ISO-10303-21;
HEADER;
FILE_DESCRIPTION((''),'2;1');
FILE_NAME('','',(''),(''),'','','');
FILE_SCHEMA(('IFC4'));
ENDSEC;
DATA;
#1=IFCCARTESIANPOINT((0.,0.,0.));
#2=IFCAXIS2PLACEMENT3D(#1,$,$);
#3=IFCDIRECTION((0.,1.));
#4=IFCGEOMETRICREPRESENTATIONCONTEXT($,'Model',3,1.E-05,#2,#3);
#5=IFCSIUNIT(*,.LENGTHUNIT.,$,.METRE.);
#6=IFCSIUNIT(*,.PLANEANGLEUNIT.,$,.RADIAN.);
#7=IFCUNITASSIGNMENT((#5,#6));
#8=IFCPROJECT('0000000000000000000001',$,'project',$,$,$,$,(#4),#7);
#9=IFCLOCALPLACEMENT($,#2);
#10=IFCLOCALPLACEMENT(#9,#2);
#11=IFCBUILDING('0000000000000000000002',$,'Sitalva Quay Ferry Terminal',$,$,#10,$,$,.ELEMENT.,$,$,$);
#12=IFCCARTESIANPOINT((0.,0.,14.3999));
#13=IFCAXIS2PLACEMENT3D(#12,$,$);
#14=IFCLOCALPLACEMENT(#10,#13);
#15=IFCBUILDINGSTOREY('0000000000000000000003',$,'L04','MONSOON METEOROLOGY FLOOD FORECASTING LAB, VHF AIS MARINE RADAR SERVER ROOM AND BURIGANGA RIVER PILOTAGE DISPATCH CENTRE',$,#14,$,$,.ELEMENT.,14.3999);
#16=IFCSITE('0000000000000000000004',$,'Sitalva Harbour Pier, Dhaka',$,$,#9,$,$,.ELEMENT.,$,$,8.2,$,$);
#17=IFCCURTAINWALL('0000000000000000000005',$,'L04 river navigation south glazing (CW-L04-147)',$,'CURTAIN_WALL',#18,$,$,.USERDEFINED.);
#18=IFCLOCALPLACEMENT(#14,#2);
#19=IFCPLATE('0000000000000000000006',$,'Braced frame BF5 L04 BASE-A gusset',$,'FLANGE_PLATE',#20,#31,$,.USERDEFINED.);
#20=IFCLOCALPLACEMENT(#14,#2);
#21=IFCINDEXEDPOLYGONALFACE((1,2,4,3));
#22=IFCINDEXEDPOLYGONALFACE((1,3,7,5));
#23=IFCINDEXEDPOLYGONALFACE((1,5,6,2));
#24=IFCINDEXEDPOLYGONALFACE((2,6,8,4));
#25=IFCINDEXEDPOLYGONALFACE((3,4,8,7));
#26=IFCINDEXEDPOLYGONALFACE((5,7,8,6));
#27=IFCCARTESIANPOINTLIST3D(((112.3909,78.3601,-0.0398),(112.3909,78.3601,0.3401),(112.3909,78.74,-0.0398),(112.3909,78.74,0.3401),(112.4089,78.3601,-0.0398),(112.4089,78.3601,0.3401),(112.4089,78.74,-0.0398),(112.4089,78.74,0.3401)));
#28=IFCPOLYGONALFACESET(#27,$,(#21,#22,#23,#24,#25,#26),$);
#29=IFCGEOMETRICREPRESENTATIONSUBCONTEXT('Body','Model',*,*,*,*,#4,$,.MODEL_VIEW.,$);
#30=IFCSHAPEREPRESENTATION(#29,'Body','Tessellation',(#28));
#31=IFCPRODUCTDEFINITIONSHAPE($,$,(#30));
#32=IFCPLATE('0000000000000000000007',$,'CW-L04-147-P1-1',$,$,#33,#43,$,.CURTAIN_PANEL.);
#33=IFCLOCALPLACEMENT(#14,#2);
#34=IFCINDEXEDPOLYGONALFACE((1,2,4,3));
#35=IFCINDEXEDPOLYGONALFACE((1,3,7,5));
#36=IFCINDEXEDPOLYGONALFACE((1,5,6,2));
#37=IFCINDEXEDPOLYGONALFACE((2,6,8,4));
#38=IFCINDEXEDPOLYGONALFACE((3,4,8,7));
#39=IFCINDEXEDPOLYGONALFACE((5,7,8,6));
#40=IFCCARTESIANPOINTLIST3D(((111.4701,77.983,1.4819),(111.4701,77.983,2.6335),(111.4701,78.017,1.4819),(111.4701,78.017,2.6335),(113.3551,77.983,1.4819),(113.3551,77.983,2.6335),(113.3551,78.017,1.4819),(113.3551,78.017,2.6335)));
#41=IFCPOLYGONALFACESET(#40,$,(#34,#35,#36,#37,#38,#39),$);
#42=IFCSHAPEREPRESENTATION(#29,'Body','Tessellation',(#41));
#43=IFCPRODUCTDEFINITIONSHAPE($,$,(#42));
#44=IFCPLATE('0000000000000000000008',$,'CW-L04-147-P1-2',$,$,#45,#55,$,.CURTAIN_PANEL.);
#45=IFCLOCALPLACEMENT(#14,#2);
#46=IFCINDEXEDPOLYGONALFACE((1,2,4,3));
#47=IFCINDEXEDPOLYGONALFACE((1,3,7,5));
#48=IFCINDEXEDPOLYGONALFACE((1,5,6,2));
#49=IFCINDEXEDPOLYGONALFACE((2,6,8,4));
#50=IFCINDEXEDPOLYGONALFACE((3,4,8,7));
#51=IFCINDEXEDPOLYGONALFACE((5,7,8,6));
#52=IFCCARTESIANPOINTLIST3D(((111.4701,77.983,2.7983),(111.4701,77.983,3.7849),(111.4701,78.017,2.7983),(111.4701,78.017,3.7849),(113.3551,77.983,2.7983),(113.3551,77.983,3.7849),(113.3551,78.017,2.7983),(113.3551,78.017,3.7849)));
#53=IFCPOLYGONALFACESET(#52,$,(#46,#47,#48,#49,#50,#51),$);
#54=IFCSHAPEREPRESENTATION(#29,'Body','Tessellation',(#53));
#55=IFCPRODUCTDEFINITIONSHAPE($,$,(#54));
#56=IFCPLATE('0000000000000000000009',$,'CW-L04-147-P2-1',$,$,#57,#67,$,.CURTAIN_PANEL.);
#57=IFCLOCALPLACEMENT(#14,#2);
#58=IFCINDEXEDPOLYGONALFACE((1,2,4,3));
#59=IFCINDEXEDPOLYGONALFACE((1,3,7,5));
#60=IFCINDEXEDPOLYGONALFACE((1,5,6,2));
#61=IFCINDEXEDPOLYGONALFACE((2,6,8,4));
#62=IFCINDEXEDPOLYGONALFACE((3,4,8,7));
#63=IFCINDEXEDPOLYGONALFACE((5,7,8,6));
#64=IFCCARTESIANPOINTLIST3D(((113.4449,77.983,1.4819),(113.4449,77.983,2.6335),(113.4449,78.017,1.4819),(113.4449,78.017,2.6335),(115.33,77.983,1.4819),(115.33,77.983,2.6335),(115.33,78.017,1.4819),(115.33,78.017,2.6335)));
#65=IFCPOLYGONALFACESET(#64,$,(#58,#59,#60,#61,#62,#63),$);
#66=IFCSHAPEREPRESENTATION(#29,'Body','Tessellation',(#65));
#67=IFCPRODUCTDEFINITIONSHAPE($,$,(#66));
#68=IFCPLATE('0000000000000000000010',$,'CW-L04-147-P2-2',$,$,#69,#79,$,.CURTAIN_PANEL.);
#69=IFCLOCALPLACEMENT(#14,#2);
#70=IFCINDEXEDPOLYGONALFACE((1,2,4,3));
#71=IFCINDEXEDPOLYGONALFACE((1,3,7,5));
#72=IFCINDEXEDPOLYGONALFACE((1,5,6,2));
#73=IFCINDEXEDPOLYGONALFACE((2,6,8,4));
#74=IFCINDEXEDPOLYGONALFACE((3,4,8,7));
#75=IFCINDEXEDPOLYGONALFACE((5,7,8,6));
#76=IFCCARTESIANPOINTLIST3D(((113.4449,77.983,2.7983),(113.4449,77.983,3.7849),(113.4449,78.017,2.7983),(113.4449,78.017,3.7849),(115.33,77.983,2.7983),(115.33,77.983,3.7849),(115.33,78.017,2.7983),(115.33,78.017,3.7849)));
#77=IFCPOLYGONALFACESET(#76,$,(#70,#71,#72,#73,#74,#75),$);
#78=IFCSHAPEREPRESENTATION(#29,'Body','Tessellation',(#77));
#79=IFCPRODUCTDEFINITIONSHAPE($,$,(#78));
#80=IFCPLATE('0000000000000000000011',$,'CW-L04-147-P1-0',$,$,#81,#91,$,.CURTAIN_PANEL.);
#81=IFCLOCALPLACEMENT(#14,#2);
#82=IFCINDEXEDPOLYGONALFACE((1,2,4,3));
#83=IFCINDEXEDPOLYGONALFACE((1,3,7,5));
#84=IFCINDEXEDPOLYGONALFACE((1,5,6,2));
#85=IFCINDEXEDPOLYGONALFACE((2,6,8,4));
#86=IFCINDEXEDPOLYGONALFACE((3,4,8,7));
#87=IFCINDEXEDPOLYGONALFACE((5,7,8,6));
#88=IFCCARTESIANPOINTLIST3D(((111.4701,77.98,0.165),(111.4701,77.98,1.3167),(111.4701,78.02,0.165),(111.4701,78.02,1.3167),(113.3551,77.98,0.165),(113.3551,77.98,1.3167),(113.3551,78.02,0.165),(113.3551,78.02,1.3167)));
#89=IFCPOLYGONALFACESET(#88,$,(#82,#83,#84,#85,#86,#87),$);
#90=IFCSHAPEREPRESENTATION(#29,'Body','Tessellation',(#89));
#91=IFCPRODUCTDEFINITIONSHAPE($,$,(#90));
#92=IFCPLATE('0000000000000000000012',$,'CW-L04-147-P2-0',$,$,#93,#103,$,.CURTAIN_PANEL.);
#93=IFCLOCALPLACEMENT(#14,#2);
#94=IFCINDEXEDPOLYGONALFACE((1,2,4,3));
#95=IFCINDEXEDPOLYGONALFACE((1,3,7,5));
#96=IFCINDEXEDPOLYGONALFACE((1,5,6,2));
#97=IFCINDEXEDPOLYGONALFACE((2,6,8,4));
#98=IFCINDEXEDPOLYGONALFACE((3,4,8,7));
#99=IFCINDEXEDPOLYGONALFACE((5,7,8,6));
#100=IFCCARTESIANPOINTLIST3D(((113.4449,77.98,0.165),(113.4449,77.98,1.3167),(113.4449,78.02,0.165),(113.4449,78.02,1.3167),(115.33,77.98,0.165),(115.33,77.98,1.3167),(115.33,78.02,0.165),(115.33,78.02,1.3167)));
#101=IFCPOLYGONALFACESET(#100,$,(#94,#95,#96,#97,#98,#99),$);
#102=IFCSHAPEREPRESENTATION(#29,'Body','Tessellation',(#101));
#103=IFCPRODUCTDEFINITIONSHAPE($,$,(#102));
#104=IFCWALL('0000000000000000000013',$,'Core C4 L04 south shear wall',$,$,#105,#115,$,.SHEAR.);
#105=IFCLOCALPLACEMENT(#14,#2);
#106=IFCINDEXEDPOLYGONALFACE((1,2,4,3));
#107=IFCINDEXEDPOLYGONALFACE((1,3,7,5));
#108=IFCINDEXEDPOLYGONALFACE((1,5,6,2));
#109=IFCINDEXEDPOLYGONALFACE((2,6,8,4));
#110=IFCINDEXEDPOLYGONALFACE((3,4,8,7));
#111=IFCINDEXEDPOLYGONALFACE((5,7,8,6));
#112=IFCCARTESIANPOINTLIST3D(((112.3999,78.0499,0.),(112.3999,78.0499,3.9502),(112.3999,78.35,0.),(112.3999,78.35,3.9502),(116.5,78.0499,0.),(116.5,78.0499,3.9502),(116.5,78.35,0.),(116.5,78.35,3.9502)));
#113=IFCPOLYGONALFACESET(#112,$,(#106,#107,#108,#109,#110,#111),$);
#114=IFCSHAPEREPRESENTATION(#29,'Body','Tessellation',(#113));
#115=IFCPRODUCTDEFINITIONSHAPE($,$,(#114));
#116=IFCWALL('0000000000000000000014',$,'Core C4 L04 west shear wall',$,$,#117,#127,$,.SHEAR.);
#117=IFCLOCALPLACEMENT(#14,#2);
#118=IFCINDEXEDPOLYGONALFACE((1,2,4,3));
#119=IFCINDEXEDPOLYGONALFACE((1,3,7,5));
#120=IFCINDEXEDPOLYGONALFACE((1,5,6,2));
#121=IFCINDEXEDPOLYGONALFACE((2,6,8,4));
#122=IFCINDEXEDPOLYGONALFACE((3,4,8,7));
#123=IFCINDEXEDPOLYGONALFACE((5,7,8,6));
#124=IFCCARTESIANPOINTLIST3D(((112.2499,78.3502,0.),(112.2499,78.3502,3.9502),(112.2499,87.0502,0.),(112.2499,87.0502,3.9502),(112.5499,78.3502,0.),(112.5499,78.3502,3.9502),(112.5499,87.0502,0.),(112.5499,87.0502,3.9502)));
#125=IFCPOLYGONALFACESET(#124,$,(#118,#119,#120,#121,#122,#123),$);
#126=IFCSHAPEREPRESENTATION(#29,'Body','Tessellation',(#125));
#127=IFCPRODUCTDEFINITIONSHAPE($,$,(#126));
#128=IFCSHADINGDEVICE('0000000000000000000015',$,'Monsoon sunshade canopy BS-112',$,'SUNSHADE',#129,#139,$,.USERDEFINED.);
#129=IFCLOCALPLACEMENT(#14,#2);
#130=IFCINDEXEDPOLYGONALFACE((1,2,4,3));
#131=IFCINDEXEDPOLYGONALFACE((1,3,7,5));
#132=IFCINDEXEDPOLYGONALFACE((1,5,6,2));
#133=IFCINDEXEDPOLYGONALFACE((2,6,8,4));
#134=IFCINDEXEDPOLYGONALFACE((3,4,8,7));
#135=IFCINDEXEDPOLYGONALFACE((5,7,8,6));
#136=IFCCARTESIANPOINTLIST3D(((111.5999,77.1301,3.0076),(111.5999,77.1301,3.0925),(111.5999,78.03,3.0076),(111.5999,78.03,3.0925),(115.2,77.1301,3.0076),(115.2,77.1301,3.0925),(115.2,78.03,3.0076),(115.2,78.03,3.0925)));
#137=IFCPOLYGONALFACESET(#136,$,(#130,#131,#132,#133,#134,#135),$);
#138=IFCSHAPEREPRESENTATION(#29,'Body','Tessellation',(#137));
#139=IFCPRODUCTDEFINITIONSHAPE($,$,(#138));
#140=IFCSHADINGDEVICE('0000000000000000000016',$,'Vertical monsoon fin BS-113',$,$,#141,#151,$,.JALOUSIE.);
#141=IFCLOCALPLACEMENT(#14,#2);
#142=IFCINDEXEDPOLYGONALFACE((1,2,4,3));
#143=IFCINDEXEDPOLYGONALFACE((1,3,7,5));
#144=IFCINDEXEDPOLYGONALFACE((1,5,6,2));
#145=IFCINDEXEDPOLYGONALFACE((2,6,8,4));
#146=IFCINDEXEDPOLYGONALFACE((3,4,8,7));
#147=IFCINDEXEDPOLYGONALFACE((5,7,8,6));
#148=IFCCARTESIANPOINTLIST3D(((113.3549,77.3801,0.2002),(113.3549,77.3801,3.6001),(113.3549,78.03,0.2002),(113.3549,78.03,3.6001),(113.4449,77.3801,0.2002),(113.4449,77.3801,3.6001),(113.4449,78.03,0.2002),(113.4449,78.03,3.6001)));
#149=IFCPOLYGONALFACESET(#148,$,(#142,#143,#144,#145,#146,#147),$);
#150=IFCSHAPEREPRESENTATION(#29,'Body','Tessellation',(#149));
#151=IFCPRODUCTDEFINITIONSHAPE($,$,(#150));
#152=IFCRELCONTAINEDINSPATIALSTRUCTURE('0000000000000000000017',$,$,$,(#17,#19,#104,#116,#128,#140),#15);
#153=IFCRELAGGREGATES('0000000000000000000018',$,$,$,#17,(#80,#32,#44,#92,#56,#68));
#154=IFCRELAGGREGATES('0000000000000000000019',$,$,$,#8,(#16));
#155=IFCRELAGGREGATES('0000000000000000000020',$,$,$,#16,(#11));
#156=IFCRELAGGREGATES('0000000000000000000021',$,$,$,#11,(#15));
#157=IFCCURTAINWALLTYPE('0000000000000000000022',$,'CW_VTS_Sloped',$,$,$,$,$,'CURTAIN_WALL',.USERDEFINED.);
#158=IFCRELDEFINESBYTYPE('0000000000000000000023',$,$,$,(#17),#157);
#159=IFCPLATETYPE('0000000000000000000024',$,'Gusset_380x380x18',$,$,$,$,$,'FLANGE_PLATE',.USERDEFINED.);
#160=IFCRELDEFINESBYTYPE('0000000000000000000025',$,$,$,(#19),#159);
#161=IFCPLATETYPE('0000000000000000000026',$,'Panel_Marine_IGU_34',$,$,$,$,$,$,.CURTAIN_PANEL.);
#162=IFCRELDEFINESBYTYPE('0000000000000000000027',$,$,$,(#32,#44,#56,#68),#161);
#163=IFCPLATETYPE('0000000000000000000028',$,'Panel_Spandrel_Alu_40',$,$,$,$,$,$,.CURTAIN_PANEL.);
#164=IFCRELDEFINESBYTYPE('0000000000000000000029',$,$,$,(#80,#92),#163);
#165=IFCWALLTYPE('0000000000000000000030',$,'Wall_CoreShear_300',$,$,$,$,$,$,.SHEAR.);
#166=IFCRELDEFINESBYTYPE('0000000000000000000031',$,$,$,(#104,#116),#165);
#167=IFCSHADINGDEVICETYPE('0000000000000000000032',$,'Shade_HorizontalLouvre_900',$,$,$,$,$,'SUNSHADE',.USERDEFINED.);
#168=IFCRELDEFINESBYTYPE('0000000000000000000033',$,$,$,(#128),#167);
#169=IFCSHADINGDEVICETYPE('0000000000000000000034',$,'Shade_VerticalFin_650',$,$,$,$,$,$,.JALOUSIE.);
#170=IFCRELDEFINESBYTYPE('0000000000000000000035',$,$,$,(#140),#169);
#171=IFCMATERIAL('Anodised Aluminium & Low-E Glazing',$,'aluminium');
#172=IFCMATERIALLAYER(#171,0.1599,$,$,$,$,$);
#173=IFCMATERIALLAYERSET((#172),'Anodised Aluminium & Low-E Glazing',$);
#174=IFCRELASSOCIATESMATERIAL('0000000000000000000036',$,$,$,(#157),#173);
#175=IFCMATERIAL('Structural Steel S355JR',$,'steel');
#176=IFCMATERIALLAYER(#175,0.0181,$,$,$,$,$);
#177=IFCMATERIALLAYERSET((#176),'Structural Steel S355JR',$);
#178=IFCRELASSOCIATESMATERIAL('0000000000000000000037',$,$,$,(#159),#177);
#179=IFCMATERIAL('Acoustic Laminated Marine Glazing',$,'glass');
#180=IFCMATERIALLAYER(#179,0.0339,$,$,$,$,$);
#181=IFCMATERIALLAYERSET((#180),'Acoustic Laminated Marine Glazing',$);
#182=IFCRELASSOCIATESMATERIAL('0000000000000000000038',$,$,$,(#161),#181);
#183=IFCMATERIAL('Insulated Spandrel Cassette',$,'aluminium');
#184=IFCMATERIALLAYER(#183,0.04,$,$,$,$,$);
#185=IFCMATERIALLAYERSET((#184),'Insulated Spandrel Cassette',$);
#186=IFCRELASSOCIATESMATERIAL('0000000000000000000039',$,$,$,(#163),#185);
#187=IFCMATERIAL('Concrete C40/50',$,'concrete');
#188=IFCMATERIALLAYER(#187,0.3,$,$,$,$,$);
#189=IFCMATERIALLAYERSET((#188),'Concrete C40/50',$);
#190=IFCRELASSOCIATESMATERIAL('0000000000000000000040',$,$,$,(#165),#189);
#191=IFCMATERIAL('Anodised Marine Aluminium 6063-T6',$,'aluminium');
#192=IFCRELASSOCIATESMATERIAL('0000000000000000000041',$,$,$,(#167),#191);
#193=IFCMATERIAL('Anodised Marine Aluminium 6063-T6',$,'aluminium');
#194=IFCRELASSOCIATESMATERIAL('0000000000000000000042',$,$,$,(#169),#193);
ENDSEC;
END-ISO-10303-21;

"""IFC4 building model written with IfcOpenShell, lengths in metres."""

from ifc_helpers import new_model, si_unit, direction, frame, frame_2d, origin, origin_2d, place, context, subcontext, project, spatial, rectangle, extrude, material, layer, layer_set, type_object, element, aggregate, save


model = new_model("IFC4")

# Units and contexts
model_context = context("Model", 3, precision=1e-05, world=origin(), true_north=direction((0.0, 1.0)))
body_context = subcontext(model_context, "Body", "Model", "MODEL_VIEW")
ifc_project = project(units=[si_unit("LENGTHUNIT", "METRE"), si_unit("PLANEANGLEUNIT", "RADIAN")], contexts=[model_context])

# Site, building, storey
site_placement = place(None, origin())
site = spatial("IfcSite", under=ifc_project, at=site_placement, Name="Sitalva Harbour Pier, Dhaka", CompositionType="ELEMENT", RefElevation=8.2)
building_placement = place(site_placement, origin())
building = spatial("IfcBuilding", under=site, at=building_placement, Name="Sitalva Quay Ferry Terminal", CompositionType="ELEMENT")
storey_placement = place(building_placement, frame((0.0, 0.0, 14.3999)))
storey = spatial("IfcBuildingStorey", under=building, at=storey_placement, Name="L04", Description="MONSOON METEOROLOGY FLOOD FORECASTING LAB, VHF AIS MARINE RADAR SERVER ROOM AND BURIGANGA RIVER PILOTAGE DISPATCH CENTRE", CompositionType="ELEMENT", Elevation=14.3999)

# Curtain wall
ifc_material_1 = material(Name="Anodised Aluminium & Low-E Glazing", Category="aluminium")
ifc_layer_1 = layer(ifc_material_1, 0.1599)
ifc_layer_set_1 = layer_set([ifc_layer_1], Name="Anodised Aluminium & Low-E Glazing")
curtain_wall_type = type_object("IfcCurtainWallType", Name="CW_VTS_Sloped", ElementType="CURTAIN_WALL", PredefinedType="USERDEFINED", material=ifc_layer_set_1)
curtain_wall_placement = place(storey_placement, origin())
curtain_wall = element("IfcCurtainWall", 1, at=curtain_wall_placement, inside=storey, type_object=curtain_wall_type, Name="L04 river navigation south glazing (CW-L04-147)", ObjectType="CURTAIN_WALL", PredefinedType="USERDEFINED")

# Plates
ifc_material_2 = material(Name="Structural Steel S355JR", Category="steel")
ifc_layer_2 = layer(ifc_material_2, 0.0181)
ifc_layer_set_2 = layer_set([ifc_layer_2], Name="Structural Steel S355JR")
plate_type_1 = type_object("IfcPlateType", Name="Gusset_380x380x18", ElementType="FLANGE_PLATE", PredefinedType="USERDEFINED", material=ifc_layer_set_2)
plate_1_placement = place(storey_placement, frame((112.3999, 78.55, -0.0398), z_axis=(0.0, 0.0, 1.0), x_axis=(1.0, 0.0, 0.0)))
element("IfcPlate", 2, at=plate_1_placement, inside=storey, type_object=plate_type_1, Name="Braced frame BF5 L04 BASE-A gusset", ObjectType="FLANGE_PLATE", PredefinedType="USERDEFINED", context=body_context, shape_type="SweptSolid", body=[
    extrude(rectangle(XDim=0.0181, YDim=0.3799, at=origin_2d()), origin(), (0.0, 0.0, 1.0), 0.3799),
])
ifc_material_3 = material(Name="Acoustic Laminated Marine Glazing", Category="glass")
ifc_layer_3 = layer(ifc_material_3, 0.0339)
ifc_layer_set_3 = layer_set([ifc_layer_3], Name="Acoustic Laminated Marine Glazing")
plate_type_2 = type_object("IfcPlateType", Name="Panel_Marine_IGU_34", PredefinedType="CURTAIN_PANEL", material=ifc_layer_set_3)
plate_2_placement = place(storey_placement, frame((112.4126, 78.0, 1.4819), z_axis=(0.0, 0.0, 1.0), x_axis=(1.0, 0.0, 0.0)))
plate_2 = element("IfcPlate", 3, at=plate_2_placement, type_object=plate_type_2, Name="CW-L04-147-P1-1", PredefinedType="CURTAIN_PANEL", context=body_context, shape_type="SweptSolid", body=[
    extrude(rectangle(XDim=1.885, YDim=0.0339, at=origin_2d()), origin(), (0.0, 0.0, 1.0), 1.1516),
])
plate_3_placement = place(storey_placement, frame((112.4126, 78.0, 2.7983), z_axis=(0.0, 0.0, 1.0), x_axis=(1.0, 0.0, 0.0)))
plate_3 = element("IfcPlate", 4, at=plate_3_placement, type_object=plate_type_2, Name="CW-L04-147-P1-2", PredefinedType="CURTAIN_PANEL", context=body_context, shape_type="SweptSolid", body=[
    extrude(rectangle(XDim=1.885, YDim=0.0339, at=origin_2d()), origin(), (0.0, 0.0, 1.0), 0.9866),
])
plate_4_placement = place(storey_placement, frame((114.3875, 78.0, 1.4819), z_axis=(0.0, 0.0, 1.0), x_axis=(1.0, 0.0, 0.0)))
plate_4 = element("IfcPlate", 5, at=plate_4_placement, type_object=plate_type_2, Name="CW-L04-147-P2-1", PredefinedType="CURTAIN_PANEL", context=body_context, shape_type="SweptSolid", body=[
    extrude(rectangle(XDim=1.885, YDim=0.0339, at=origin_2d()), origin(), (0.0, 0.0, 1.0), 1.1516),
])
plate_5_placement = place(storey_placement, frame((114.3875, 78.0, 2.7983), z_axis=(0.0, 0.0, 1.0), x_axis=(1.0, 0.0, 0.0)))
plate_5 = element("IfcPlate", 6, at=plate_5_placement, type_object=plate_type_2, Name="CW-L04-147-P2-2", PredefinedType="CURTAIN_PANEL", context=body_context, shape_type="SweptSolid", body=[
    extrude(rectangle(XDim=1.885, YDim=0.0339, at=origin_2d()), origin(), (0.0, 0.0, 1.0), 0.9866),
])
ifc_material_4 = material(Name="Insulated Spandrel Cassette", Category="aluminium")
ifc_layer_4 = layer(ifc_material_4, 0.04)
ifc_layer_set_4 = layer_set([ifc_layer_4], Name="Insulated Spandrel Cassette")
plate_type_3 = type_object("IfcPlateType", Name="Panel_Spandrel_Alu_40", PredefinedType="CURTAIN_PANEL", material=ifc_layer_set_4)
plate_6_placement = place(storey_placement, frame((112.4126, 78.0, 0.165), z_axis=(0.0, 0.0, 1.0), x_axis=(1.0, 0.0, 0.0)))
plate_6 = element("IfcPlate", 7, at=plate_6_placement, type_object=plate_type_3, Name="CW-L04-147-P1-0", PredefinedType="CURTAIN_PANEL", context=body_context, shape_type="SweptSolid", body=[
    extrude(rectangle(XDim=1.885, YDim=0.04, at=origin_2d()), origin(), (0.0, 0.0, 1.0), 1.1516),
])
plate_7_placement = place(storey_placement, frame((114.3875, 78.0, 0.165), z_axis=(0.0, 0.0, 1.0), x_axis=(1.0, 0.0, 0.0)))
plate_7 = element("IfcPlate", 8, at=plate_7_placement, type_object=plate_type_3, Name="CW-L04-147-P2-0", PredefinedType="CURTAIN_PANEL", context=body_context, shape_type="SweptSolid", body=[
    extrude(rectangle(XDim=1.885, YDim=0.04, at=origin_2d()), origin(), (0.0, 0.0, 1.0), 1.1516),
])
aggregate(curtain_wall, [plate_6, plate_2, plate_3, plate_7, plate_4, plate_5])

# Walls
ifc_material_5 = material(Name="Concrete C40/50", Category="concrete")
ifc_layer_5 = layer(ifc_material_5, 0.3)
ifc_layer_set_5 = layer_set([ifc_layer_5], Name="Concrete C40/50")
wall_type = type_object("IfcWallType", Name="Wall_CoreShear_300", PredefinedType="SHEAR", material=ifc_layer_set_5)
wall_1_placement = place(storey_placement, frame((112.3999, 78.2, 0.0), z_axis=(0.0, 0.0, 1.0), x_axis=(1.0, 0.0, 0.0)))
element("IfcWall", 9, at=wall_1_placement, inside=storey, type_object=wall_type, Name="Core C4 L04 south shear wall", PredefinedType="SHEAR", context=body_context, shape_type="SweptSolid", body=[
    extrude(rectangle(XDim=4.1001, YDim=0.3, at=frame_2d((2.05, 0.0))), origin(), (0.0, 0.0, 1.0), 3.9502),
])
wall_2_placement = place(storey_placement, frame((112.3999, 78.3501, 0.0), z_axis=(0.0, 0.0, 1.0), x_axis=(0.0, 1.0, 0.0)))
element("IfcWall", 10, at=wall_2_placement, inside=storey, type_object=wall_type, Name="Core C4 L04 west shear wall", PredefinedType="SHEAR", context=body_context, shape_type="SweptSolid", body=[
    extrude(rectangle(XDim=8.7, YDim=0.3, at=frame_2d((4.3501, 0.0))), origin(), (0.0, 0.0, 1.0), 3.9502),
])

# Shading devices
ifc_material_6 = material(Name="Anodised Marine Aluminium 6063-T6", Category="aluminium")
shading_device_type_1 = type_object("IfcShadingDeviceType", Name="Shade_HorizontalLouvre_900", ElementType="SUNSHADE", PredefinedType="USERDEFINED", material=ifc_material_6)
shading_device_1_placement = place(storey_placement, frame((113.3999, 77.5801, 3.0076), z_axis=(0.0, 0.0, 1.0), x_axis=(1.0, 0.0, 0.0)))
element("IfcShadingDevice", 11, at=shading_device_1_placement, inside=storey, type_object=shading_device_type_1, Name="Monsoon sunshade canopy BS-112", ObjectType="SUNSHADE", PredefinedType="USERDEFINED", context=body_context, shape_type="SweptSolid", body=[
    extrude(rectangle(XDim=3.6001, YDim=0.8999, at=origin_2d()), origin(), (0.0, 0.0, 1.0), 0.085),
])
ifc_material_7 = material(Name="Anodised Marine Aluminium 6063-T6", Category="aluminium")
shading_device_type_2 = type_object("IfcShadingDeviceType", Name="Shade_VerticalFin_650", PredefinedType="JALOUSIE", material=ifc_material_7)
shading_device_2_placement = place(storey_placement, frame((113.3999, 77.7051, 0.2002), z_axis=(0.0, 0.0, 1.0), x_axis=(1.0, 0.0, 0.0)))
element("IfcShadingDevice", 12, at=shading_device_2_placement, inside=storey, type_object=shading_device_type_2, Name="Vertical monsoon fin BS-113", PredefinedType="JALOUSIE", context=body_context, shape_type="SweptSolid", body=[
    extrude(rectangle(XDim=0.0901, YDim=0.6499, at=origin_2d()), origin(), (0.0, 0.0, 1.0), 3.3999),
])

save(model, "model.ifc")
